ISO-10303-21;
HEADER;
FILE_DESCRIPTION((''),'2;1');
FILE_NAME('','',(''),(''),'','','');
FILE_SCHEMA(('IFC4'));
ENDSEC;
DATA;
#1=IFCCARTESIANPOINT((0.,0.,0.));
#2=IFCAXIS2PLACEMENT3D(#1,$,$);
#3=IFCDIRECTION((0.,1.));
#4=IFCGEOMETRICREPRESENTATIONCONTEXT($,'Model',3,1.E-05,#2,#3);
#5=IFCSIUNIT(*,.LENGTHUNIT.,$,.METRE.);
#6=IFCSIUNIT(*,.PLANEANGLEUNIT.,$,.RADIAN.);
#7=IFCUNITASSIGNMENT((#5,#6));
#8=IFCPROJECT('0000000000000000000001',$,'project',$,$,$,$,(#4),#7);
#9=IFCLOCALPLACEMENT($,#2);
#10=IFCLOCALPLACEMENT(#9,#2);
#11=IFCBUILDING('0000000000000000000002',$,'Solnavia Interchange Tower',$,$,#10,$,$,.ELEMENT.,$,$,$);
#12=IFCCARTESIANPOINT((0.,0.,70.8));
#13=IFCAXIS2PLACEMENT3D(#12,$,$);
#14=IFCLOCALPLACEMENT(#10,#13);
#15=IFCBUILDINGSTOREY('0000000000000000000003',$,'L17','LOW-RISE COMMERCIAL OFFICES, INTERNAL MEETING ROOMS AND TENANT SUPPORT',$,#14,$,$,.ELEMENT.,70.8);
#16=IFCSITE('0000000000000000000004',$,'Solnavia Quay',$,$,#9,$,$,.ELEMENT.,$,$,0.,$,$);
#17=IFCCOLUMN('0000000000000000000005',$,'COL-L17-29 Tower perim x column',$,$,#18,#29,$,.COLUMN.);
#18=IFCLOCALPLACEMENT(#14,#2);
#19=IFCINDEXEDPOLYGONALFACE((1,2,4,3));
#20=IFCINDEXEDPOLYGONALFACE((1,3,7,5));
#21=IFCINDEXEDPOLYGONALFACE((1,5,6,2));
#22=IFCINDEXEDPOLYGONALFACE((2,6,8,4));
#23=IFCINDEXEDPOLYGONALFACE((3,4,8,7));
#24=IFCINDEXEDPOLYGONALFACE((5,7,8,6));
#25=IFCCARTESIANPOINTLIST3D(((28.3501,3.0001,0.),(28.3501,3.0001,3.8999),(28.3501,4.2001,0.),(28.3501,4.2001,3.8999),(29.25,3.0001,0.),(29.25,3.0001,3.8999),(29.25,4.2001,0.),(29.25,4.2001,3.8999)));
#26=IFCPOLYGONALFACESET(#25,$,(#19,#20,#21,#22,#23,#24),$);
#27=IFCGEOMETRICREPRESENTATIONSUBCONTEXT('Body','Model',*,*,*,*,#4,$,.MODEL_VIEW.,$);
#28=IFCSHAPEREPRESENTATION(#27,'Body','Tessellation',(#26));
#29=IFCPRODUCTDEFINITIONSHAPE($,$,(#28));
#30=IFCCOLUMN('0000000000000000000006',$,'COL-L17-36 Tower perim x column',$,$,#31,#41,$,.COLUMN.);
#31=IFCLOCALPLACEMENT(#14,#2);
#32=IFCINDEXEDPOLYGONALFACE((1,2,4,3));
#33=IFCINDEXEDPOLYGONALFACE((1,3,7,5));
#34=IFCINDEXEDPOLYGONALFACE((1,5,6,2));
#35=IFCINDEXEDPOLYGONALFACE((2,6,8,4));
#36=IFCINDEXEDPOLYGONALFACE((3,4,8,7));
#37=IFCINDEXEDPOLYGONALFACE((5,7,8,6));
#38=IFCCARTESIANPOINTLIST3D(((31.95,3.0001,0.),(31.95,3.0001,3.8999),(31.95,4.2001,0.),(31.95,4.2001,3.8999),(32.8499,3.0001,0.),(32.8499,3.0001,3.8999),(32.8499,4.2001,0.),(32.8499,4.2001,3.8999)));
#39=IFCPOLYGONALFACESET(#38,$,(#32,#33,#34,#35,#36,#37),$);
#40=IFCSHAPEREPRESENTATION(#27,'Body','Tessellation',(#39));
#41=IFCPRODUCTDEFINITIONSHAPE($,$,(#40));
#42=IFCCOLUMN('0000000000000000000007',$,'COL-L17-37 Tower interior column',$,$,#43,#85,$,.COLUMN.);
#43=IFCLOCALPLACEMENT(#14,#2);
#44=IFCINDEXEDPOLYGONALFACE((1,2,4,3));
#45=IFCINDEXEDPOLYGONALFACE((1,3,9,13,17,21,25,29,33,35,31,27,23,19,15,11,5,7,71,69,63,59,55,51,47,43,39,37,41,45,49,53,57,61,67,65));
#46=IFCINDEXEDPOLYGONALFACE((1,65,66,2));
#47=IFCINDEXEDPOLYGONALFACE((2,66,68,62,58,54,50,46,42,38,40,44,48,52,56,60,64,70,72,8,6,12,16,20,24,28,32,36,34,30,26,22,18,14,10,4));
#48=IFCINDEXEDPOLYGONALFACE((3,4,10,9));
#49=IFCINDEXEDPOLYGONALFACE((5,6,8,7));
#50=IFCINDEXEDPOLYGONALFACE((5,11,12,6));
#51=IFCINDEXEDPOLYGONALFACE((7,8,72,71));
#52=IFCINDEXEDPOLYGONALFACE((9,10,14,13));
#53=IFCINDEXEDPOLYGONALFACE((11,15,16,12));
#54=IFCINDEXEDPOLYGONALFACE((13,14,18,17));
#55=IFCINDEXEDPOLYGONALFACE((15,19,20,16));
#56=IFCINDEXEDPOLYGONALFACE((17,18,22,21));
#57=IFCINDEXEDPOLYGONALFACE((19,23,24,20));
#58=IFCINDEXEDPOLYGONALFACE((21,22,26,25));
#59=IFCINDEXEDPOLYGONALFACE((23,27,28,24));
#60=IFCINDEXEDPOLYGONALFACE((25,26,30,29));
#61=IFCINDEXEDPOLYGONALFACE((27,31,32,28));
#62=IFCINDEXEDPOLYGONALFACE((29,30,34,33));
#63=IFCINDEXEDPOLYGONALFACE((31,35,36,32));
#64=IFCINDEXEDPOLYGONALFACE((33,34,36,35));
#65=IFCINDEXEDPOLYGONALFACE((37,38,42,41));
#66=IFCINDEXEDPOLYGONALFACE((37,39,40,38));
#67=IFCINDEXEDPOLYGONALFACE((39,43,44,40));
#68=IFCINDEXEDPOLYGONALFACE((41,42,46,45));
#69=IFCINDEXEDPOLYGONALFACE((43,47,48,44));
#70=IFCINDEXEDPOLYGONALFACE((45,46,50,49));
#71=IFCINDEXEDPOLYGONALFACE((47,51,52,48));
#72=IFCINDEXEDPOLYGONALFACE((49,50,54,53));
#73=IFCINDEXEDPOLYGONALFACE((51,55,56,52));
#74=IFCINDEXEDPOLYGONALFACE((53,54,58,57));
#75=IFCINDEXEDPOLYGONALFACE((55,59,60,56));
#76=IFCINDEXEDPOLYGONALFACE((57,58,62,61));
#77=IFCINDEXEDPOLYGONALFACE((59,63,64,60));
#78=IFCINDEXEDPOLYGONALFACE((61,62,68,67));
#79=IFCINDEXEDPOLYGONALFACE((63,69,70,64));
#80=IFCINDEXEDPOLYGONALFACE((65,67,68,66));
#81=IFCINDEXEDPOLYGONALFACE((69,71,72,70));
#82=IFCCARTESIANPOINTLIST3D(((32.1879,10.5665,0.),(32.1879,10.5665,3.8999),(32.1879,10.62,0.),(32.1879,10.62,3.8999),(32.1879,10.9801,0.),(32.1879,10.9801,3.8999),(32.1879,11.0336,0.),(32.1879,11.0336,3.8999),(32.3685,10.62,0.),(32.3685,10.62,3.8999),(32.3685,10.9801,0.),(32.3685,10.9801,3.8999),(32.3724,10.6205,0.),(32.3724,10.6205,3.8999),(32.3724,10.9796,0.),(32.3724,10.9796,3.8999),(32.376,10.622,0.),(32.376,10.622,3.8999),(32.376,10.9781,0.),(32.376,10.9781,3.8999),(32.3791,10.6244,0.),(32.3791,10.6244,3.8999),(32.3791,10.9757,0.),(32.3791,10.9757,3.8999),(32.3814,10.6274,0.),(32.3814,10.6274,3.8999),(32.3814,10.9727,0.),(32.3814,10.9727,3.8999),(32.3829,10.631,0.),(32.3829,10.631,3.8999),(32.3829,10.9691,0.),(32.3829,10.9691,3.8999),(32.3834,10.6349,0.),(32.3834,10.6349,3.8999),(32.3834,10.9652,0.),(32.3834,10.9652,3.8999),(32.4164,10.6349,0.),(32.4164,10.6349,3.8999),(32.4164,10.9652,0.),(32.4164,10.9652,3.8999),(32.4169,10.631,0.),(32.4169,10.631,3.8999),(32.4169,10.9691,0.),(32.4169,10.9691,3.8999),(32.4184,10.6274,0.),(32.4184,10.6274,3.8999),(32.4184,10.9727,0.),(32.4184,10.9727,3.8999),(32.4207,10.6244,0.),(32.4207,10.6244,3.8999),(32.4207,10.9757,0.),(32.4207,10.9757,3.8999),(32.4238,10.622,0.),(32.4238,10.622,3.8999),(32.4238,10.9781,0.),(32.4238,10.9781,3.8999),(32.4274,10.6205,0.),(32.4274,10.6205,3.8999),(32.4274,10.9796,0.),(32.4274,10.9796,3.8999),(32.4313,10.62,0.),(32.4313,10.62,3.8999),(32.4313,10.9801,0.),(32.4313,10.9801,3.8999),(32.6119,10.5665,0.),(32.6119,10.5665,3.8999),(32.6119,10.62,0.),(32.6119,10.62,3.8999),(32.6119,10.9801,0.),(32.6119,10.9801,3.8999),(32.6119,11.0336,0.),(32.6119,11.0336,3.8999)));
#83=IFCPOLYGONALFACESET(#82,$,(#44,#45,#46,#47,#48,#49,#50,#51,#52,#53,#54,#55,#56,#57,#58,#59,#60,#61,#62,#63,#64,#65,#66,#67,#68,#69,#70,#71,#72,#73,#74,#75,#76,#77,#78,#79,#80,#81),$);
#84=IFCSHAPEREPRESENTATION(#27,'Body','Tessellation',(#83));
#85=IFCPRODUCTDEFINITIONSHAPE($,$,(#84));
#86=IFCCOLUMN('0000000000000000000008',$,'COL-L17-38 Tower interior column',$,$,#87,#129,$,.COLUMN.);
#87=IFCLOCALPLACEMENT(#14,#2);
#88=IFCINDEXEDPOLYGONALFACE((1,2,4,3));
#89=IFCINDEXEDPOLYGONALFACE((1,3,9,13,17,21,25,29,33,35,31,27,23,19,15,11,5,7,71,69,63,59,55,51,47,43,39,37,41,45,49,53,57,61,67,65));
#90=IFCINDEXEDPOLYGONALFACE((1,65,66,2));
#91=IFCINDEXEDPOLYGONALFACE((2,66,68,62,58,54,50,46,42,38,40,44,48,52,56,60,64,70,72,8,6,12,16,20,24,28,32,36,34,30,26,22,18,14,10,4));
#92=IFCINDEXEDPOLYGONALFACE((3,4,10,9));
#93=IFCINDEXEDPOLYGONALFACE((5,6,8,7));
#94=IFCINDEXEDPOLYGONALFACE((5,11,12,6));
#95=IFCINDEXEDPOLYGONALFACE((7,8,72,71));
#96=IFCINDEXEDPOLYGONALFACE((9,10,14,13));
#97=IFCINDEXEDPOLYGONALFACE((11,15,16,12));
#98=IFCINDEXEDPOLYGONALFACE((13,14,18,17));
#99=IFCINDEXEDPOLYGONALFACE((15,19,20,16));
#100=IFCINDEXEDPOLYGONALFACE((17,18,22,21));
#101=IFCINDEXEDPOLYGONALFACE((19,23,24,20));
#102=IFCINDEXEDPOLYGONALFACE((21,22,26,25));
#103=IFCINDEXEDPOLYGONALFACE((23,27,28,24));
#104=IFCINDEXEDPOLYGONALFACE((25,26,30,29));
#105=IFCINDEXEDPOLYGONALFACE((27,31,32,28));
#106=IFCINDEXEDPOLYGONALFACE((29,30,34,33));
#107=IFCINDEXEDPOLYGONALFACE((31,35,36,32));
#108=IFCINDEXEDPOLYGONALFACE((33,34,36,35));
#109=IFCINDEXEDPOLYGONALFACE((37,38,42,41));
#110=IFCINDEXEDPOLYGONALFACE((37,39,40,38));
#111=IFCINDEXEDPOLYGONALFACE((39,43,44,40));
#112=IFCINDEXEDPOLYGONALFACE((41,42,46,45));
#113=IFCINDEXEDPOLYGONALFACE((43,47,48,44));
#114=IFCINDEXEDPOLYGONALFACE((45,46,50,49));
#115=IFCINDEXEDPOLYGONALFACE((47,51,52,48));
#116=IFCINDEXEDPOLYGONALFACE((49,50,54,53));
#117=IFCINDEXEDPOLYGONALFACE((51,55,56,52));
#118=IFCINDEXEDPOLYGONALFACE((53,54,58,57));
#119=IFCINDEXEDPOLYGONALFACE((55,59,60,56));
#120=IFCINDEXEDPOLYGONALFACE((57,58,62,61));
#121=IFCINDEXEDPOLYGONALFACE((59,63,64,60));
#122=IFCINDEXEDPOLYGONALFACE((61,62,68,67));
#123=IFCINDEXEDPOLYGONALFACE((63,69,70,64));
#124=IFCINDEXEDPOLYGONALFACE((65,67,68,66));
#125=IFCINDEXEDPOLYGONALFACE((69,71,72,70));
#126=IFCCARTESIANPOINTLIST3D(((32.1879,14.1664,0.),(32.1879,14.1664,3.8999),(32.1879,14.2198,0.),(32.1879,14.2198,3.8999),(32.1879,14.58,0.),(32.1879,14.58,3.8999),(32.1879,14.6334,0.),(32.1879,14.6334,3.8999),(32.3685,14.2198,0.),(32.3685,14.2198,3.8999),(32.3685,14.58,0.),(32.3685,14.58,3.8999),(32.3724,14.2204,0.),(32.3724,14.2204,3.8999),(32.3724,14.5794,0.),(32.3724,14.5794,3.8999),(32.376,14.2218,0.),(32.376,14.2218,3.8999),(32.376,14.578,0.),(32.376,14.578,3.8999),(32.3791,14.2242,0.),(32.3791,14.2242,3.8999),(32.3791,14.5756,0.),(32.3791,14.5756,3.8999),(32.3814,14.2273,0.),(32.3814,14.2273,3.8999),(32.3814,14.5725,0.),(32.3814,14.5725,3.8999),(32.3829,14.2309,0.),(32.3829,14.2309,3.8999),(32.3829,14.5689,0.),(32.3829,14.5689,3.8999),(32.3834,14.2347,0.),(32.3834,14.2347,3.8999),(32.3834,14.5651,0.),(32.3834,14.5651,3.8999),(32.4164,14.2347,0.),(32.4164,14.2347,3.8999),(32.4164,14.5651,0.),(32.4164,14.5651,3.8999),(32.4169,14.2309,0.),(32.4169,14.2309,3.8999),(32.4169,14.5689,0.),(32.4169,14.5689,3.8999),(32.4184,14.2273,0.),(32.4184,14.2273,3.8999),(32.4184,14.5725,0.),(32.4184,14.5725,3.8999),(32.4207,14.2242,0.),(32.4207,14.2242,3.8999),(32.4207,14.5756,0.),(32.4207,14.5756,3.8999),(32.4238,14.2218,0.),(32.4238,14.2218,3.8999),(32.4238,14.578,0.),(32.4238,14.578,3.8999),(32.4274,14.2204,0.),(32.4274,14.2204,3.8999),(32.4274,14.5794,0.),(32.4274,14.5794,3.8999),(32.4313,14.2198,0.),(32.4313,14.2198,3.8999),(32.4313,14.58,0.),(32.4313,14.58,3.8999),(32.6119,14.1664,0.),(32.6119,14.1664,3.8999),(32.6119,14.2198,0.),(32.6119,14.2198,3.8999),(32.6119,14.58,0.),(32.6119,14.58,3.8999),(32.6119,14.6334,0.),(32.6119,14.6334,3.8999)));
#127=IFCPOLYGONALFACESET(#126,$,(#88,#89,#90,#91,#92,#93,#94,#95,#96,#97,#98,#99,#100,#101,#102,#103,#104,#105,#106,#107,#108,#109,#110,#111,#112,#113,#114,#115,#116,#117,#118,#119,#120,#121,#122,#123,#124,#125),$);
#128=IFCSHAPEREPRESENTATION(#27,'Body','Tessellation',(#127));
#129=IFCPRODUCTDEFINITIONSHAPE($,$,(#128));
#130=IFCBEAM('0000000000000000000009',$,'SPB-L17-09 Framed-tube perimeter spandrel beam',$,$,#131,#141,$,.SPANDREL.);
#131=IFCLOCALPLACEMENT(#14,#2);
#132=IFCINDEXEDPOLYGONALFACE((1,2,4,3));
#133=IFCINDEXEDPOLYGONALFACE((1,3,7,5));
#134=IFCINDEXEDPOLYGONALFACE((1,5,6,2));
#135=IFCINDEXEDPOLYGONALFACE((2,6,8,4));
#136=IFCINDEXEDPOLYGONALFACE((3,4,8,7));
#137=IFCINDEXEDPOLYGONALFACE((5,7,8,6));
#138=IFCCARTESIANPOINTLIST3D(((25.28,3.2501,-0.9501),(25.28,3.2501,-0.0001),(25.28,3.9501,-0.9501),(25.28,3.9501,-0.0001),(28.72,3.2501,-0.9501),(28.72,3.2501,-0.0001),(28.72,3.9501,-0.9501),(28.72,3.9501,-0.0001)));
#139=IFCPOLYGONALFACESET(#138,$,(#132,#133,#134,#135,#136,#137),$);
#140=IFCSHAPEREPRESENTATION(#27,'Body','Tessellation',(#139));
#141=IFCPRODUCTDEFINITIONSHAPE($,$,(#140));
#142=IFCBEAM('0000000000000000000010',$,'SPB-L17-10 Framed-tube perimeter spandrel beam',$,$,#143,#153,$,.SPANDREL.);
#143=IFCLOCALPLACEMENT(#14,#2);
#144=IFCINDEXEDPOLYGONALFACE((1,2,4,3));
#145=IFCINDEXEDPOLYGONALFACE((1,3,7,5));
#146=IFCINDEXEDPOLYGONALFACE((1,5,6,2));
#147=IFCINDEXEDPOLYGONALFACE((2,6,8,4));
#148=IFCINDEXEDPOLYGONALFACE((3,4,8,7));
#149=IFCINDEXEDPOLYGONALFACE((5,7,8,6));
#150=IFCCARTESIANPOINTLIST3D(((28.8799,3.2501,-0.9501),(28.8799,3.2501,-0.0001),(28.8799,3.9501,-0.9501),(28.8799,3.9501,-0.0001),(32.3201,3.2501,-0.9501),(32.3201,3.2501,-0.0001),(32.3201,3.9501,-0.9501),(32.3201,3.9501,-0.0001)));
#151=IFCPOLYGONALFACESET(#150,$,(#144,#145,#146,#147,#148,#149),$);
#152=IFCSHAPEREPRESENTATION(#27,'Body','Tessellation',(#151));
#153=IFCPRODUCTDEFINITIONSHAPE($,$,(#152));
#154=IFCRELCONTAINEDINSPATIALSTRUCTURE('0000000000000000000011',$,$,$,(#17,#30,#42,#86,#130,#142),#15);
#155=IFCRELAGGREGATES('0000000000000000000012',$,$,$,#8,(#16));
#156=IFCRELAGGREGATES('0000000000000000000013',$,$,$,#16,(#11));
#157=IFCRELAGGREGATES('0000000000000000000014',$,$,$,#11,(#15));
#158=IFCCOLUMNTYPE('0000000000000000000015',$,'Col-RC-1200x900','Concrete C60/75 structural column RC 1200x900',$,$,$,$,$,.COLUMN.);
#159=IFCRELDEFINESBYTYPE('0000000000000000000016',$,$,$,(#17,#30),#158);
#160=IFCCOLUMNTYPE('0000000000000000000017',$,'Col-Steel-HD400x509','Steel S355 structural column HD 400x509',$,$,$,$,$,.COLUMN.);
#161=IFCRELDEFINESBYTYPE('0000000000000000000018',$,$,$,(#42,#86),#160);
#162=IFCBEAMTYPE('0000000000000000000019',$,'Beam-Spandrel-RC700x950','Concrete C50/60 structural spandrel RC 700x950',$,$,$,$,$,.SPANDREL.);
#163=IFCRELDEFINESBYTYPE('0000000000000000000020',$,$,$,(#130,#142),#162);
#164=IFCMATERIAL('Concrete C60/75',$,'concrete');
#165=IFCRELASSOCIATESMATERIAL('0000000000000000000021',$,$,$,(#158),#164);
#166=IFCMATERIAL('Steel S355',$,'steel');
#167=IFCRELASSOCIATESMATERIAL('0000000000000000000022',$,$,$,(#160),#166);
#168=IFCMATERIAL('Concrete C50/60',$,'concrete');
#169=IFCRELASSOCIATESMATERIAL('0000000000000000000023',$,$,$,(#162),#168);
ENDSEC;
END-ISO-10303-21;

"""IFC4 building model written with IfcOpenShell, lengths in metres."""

from ifc_helpers import new_model, si_unit, direction, frame, origin, origin_2d, place, context, subcontext, project, spatial, rectangle, i_section, extrude, material, material_profile, profile_set, type_object, element, save


model = new_model("IFC4")

# Units and contexts
model_context = context("Model", 3, precision=1e-05, world=origin(), true_north=direction((0.0, 1.0)))
body_context = subcontext(model_context, "Body", "Model", "MODEL_VIEW")
ifc_project = project(units=[si_unit("LENGTHUNIT", "METRE"), si_unit("PLANEANGLEUNIT", "RADIAN")], contexts=[model_context])

# Site, building, storey
site_placement = place(None, origin())
site = spatial("IfcSite", under=ifc_project, at=site_placement, Name="Solnavia Quay", CompositionType="ELEMENT", RefElevation=0.0)
building_placement = place(site_placement, origin())
building = spatial("IfcBuilding", under=site, at=building_placement, Name="Solnavia Interchange Tower", CompositionType="ELEMENT")
storey_placement = place(building_placement, frame((0.0, 0.0, 70.8)))
storey = spatial("IfcBuildingStorey", under=building, at=storey_placement, Name="L17", Description="LOW-RISE COMMERCIAL OFFICES, INTERNAL MEETING ROOMS AND TENANT SUPPORT", CompositionType="ELEMENT", Elevation=70.8)

# Columns
ifc_material_1 = material(Name="Concrete C60/75", Category="concrete")
ifc_material_profile_1 = material_profile(ifc_material_1, rectangle(XDim=0.8999, YDim=1.2, at=origin_2d()), Name="RC 1200x900")
ifc_profile_set_1 = profile_set([ifc_material_profile_1], Name="Concrete C60/75")
column_type_1 = type_object("IfcColumnType", Name="Col-RC-1200x900", Description="Concrete C60/75 structural column RC 1200x900", PredefinedType="COLUMN", material=ifc_profile_set_1)
for number, where, z_axis, x_axis, name in (
    (1, (28.8, 3.6001, 0.0), (0.0, 0.0, 1.0), (1.0, 0.0, 0.0), "COL-L17-29 Tower perim x column"),
    (2, (32.3999, 3.6001, 0.0), (0.0, 0.0, 1.0), (1.0, 0.0, 0.0), "COL-L17-36 Tower perim x column"),
):
    element("IfcColumn", number, at=place(storey_placement, frame(where, z_axis=z_axis, x_axis=x_axis)), inside=storey, type_object=column_type_1, Name=name, PredefinedType="COLUMN", context=body_context, shape_type="SweptSolid", body=[
        extrude(rectangle(XDim=0.8999, YDim=1.2, at=origin_2d()), origin(), (0.0, 0.0, 1.0), 3.8999),
    ])
ifc_material_2 = material(Name="Steel S355", Category="steel")
ifc_material_profile_2 = material_profile(ifc_material_2, i_section(OverallWidth=0.4241, OverallDepth=0.467, WebThickness=0.033, FlangeThickness=0.0535, FilletRadius=0.0149, at=origin_2d()), Name="HD 400x509")
ifc_profile_set_2 = profile_set([ifc_material_profile_2], Name="Steel S355")
column_type_2 = type_object("IfcColumnType", Name="Col-Steel-HD400x509", Description="Steel S355 structural column HD 400x509", PredefinedType="COLUMN", material=ifc_profile_set_2)
for number, where, z_axis, x_axis, name in (
    (3, (32.3999, 10.8, 0.0), (0.0, 0.0, 1.0), (1.0, 0.0, 0.0), "COL-L17-37 Tower interior column"),
    (4, (32.3999, 14.3999, 0.0), (0.0, 0.0, 1.0), (1.0, 0.0, 0.0), "COL-L17-38 Tower interior column"),
):
    element("IfcColumn", number, at=place(storey_placement, frame(where, z_axis=z_axis, x_axis=x_axis)), inside=storey, type_object=column_type_2, Name=name, PredefinedType="COLUMN", context=body_context, shape_type="SweptSolid", body=[
        extrude(i_section(OverallWidth=0.4241, OverallDepth=0.467, WebThickness=0.033, FlangeThickness=0.0535, FilletRadius=0.0149, at=origin_2d()), origin(), (0.0, 0.0, 1.0), 3.8999),
    ])

# Beams
ifc_material_3 = material(Name="Concrete C50/60", Category="concrete")
ifc_material_profile_3 = material_profile(ifc_material_3, rectangle(XDim=0.7, YDim=0.95, at=origin_2d()), Name="RC 700x950")
ifc_profile_set_3 = profile_set([ifc_material_profile_3], Name="Concrete C50/60")
beam_type = type_object("IfcBeamType", Name="Beam-Spandrel-RC700x950", Description="Concrete C50/60 structural spandrel RC 700x950", PredefinedType="SPANDREL", material=ifc_profile_set_3)
beam_1_placement = place(storey_placement, frame((25.28, 3.6001, -0.4751), z_axis=(1.0, 0.0, 0.0), x_axis=(0.0, 1.0, 0.0)))
element("IfcBeam", 5, at=beam_1_placement, inside=storey, type_object=beam_type, Name="SPB-L17-09 Framed-tube perimeter spandrel beam", PredefinedType="SPANDREL", context=body_context, shape_type="SweptSolid", body=[
    extrude(rectangle(XDim=0.7, YDim=0.95, at=origin_2d()), origin(), (0.0, 0.0, 1.0), 3.4399),
])
beam_2_placement = place(storey_placement, frame((28.8799, 3.6001, -0.4751), z_axis=(1.0, 0.0, 0.0), x_axis=(0.0, 1.0, 0.0)))
element("IfcBeam", 6, at=beam_2_placement, inside=storey, type_object=beam_type, Name="SPB-L17-10 Framed-tube perimeter spandrel beam", PredefinedType="SPANDREL", context=body_context, shape_type="SweptSolid", body=[
    extrude(rectangle(XDim=0.7, YDim=0.95, at=origin_2d()), origin(), (0.0, 0.0, 1.0), 3.4402),
])

save(model, "model.ifc")
